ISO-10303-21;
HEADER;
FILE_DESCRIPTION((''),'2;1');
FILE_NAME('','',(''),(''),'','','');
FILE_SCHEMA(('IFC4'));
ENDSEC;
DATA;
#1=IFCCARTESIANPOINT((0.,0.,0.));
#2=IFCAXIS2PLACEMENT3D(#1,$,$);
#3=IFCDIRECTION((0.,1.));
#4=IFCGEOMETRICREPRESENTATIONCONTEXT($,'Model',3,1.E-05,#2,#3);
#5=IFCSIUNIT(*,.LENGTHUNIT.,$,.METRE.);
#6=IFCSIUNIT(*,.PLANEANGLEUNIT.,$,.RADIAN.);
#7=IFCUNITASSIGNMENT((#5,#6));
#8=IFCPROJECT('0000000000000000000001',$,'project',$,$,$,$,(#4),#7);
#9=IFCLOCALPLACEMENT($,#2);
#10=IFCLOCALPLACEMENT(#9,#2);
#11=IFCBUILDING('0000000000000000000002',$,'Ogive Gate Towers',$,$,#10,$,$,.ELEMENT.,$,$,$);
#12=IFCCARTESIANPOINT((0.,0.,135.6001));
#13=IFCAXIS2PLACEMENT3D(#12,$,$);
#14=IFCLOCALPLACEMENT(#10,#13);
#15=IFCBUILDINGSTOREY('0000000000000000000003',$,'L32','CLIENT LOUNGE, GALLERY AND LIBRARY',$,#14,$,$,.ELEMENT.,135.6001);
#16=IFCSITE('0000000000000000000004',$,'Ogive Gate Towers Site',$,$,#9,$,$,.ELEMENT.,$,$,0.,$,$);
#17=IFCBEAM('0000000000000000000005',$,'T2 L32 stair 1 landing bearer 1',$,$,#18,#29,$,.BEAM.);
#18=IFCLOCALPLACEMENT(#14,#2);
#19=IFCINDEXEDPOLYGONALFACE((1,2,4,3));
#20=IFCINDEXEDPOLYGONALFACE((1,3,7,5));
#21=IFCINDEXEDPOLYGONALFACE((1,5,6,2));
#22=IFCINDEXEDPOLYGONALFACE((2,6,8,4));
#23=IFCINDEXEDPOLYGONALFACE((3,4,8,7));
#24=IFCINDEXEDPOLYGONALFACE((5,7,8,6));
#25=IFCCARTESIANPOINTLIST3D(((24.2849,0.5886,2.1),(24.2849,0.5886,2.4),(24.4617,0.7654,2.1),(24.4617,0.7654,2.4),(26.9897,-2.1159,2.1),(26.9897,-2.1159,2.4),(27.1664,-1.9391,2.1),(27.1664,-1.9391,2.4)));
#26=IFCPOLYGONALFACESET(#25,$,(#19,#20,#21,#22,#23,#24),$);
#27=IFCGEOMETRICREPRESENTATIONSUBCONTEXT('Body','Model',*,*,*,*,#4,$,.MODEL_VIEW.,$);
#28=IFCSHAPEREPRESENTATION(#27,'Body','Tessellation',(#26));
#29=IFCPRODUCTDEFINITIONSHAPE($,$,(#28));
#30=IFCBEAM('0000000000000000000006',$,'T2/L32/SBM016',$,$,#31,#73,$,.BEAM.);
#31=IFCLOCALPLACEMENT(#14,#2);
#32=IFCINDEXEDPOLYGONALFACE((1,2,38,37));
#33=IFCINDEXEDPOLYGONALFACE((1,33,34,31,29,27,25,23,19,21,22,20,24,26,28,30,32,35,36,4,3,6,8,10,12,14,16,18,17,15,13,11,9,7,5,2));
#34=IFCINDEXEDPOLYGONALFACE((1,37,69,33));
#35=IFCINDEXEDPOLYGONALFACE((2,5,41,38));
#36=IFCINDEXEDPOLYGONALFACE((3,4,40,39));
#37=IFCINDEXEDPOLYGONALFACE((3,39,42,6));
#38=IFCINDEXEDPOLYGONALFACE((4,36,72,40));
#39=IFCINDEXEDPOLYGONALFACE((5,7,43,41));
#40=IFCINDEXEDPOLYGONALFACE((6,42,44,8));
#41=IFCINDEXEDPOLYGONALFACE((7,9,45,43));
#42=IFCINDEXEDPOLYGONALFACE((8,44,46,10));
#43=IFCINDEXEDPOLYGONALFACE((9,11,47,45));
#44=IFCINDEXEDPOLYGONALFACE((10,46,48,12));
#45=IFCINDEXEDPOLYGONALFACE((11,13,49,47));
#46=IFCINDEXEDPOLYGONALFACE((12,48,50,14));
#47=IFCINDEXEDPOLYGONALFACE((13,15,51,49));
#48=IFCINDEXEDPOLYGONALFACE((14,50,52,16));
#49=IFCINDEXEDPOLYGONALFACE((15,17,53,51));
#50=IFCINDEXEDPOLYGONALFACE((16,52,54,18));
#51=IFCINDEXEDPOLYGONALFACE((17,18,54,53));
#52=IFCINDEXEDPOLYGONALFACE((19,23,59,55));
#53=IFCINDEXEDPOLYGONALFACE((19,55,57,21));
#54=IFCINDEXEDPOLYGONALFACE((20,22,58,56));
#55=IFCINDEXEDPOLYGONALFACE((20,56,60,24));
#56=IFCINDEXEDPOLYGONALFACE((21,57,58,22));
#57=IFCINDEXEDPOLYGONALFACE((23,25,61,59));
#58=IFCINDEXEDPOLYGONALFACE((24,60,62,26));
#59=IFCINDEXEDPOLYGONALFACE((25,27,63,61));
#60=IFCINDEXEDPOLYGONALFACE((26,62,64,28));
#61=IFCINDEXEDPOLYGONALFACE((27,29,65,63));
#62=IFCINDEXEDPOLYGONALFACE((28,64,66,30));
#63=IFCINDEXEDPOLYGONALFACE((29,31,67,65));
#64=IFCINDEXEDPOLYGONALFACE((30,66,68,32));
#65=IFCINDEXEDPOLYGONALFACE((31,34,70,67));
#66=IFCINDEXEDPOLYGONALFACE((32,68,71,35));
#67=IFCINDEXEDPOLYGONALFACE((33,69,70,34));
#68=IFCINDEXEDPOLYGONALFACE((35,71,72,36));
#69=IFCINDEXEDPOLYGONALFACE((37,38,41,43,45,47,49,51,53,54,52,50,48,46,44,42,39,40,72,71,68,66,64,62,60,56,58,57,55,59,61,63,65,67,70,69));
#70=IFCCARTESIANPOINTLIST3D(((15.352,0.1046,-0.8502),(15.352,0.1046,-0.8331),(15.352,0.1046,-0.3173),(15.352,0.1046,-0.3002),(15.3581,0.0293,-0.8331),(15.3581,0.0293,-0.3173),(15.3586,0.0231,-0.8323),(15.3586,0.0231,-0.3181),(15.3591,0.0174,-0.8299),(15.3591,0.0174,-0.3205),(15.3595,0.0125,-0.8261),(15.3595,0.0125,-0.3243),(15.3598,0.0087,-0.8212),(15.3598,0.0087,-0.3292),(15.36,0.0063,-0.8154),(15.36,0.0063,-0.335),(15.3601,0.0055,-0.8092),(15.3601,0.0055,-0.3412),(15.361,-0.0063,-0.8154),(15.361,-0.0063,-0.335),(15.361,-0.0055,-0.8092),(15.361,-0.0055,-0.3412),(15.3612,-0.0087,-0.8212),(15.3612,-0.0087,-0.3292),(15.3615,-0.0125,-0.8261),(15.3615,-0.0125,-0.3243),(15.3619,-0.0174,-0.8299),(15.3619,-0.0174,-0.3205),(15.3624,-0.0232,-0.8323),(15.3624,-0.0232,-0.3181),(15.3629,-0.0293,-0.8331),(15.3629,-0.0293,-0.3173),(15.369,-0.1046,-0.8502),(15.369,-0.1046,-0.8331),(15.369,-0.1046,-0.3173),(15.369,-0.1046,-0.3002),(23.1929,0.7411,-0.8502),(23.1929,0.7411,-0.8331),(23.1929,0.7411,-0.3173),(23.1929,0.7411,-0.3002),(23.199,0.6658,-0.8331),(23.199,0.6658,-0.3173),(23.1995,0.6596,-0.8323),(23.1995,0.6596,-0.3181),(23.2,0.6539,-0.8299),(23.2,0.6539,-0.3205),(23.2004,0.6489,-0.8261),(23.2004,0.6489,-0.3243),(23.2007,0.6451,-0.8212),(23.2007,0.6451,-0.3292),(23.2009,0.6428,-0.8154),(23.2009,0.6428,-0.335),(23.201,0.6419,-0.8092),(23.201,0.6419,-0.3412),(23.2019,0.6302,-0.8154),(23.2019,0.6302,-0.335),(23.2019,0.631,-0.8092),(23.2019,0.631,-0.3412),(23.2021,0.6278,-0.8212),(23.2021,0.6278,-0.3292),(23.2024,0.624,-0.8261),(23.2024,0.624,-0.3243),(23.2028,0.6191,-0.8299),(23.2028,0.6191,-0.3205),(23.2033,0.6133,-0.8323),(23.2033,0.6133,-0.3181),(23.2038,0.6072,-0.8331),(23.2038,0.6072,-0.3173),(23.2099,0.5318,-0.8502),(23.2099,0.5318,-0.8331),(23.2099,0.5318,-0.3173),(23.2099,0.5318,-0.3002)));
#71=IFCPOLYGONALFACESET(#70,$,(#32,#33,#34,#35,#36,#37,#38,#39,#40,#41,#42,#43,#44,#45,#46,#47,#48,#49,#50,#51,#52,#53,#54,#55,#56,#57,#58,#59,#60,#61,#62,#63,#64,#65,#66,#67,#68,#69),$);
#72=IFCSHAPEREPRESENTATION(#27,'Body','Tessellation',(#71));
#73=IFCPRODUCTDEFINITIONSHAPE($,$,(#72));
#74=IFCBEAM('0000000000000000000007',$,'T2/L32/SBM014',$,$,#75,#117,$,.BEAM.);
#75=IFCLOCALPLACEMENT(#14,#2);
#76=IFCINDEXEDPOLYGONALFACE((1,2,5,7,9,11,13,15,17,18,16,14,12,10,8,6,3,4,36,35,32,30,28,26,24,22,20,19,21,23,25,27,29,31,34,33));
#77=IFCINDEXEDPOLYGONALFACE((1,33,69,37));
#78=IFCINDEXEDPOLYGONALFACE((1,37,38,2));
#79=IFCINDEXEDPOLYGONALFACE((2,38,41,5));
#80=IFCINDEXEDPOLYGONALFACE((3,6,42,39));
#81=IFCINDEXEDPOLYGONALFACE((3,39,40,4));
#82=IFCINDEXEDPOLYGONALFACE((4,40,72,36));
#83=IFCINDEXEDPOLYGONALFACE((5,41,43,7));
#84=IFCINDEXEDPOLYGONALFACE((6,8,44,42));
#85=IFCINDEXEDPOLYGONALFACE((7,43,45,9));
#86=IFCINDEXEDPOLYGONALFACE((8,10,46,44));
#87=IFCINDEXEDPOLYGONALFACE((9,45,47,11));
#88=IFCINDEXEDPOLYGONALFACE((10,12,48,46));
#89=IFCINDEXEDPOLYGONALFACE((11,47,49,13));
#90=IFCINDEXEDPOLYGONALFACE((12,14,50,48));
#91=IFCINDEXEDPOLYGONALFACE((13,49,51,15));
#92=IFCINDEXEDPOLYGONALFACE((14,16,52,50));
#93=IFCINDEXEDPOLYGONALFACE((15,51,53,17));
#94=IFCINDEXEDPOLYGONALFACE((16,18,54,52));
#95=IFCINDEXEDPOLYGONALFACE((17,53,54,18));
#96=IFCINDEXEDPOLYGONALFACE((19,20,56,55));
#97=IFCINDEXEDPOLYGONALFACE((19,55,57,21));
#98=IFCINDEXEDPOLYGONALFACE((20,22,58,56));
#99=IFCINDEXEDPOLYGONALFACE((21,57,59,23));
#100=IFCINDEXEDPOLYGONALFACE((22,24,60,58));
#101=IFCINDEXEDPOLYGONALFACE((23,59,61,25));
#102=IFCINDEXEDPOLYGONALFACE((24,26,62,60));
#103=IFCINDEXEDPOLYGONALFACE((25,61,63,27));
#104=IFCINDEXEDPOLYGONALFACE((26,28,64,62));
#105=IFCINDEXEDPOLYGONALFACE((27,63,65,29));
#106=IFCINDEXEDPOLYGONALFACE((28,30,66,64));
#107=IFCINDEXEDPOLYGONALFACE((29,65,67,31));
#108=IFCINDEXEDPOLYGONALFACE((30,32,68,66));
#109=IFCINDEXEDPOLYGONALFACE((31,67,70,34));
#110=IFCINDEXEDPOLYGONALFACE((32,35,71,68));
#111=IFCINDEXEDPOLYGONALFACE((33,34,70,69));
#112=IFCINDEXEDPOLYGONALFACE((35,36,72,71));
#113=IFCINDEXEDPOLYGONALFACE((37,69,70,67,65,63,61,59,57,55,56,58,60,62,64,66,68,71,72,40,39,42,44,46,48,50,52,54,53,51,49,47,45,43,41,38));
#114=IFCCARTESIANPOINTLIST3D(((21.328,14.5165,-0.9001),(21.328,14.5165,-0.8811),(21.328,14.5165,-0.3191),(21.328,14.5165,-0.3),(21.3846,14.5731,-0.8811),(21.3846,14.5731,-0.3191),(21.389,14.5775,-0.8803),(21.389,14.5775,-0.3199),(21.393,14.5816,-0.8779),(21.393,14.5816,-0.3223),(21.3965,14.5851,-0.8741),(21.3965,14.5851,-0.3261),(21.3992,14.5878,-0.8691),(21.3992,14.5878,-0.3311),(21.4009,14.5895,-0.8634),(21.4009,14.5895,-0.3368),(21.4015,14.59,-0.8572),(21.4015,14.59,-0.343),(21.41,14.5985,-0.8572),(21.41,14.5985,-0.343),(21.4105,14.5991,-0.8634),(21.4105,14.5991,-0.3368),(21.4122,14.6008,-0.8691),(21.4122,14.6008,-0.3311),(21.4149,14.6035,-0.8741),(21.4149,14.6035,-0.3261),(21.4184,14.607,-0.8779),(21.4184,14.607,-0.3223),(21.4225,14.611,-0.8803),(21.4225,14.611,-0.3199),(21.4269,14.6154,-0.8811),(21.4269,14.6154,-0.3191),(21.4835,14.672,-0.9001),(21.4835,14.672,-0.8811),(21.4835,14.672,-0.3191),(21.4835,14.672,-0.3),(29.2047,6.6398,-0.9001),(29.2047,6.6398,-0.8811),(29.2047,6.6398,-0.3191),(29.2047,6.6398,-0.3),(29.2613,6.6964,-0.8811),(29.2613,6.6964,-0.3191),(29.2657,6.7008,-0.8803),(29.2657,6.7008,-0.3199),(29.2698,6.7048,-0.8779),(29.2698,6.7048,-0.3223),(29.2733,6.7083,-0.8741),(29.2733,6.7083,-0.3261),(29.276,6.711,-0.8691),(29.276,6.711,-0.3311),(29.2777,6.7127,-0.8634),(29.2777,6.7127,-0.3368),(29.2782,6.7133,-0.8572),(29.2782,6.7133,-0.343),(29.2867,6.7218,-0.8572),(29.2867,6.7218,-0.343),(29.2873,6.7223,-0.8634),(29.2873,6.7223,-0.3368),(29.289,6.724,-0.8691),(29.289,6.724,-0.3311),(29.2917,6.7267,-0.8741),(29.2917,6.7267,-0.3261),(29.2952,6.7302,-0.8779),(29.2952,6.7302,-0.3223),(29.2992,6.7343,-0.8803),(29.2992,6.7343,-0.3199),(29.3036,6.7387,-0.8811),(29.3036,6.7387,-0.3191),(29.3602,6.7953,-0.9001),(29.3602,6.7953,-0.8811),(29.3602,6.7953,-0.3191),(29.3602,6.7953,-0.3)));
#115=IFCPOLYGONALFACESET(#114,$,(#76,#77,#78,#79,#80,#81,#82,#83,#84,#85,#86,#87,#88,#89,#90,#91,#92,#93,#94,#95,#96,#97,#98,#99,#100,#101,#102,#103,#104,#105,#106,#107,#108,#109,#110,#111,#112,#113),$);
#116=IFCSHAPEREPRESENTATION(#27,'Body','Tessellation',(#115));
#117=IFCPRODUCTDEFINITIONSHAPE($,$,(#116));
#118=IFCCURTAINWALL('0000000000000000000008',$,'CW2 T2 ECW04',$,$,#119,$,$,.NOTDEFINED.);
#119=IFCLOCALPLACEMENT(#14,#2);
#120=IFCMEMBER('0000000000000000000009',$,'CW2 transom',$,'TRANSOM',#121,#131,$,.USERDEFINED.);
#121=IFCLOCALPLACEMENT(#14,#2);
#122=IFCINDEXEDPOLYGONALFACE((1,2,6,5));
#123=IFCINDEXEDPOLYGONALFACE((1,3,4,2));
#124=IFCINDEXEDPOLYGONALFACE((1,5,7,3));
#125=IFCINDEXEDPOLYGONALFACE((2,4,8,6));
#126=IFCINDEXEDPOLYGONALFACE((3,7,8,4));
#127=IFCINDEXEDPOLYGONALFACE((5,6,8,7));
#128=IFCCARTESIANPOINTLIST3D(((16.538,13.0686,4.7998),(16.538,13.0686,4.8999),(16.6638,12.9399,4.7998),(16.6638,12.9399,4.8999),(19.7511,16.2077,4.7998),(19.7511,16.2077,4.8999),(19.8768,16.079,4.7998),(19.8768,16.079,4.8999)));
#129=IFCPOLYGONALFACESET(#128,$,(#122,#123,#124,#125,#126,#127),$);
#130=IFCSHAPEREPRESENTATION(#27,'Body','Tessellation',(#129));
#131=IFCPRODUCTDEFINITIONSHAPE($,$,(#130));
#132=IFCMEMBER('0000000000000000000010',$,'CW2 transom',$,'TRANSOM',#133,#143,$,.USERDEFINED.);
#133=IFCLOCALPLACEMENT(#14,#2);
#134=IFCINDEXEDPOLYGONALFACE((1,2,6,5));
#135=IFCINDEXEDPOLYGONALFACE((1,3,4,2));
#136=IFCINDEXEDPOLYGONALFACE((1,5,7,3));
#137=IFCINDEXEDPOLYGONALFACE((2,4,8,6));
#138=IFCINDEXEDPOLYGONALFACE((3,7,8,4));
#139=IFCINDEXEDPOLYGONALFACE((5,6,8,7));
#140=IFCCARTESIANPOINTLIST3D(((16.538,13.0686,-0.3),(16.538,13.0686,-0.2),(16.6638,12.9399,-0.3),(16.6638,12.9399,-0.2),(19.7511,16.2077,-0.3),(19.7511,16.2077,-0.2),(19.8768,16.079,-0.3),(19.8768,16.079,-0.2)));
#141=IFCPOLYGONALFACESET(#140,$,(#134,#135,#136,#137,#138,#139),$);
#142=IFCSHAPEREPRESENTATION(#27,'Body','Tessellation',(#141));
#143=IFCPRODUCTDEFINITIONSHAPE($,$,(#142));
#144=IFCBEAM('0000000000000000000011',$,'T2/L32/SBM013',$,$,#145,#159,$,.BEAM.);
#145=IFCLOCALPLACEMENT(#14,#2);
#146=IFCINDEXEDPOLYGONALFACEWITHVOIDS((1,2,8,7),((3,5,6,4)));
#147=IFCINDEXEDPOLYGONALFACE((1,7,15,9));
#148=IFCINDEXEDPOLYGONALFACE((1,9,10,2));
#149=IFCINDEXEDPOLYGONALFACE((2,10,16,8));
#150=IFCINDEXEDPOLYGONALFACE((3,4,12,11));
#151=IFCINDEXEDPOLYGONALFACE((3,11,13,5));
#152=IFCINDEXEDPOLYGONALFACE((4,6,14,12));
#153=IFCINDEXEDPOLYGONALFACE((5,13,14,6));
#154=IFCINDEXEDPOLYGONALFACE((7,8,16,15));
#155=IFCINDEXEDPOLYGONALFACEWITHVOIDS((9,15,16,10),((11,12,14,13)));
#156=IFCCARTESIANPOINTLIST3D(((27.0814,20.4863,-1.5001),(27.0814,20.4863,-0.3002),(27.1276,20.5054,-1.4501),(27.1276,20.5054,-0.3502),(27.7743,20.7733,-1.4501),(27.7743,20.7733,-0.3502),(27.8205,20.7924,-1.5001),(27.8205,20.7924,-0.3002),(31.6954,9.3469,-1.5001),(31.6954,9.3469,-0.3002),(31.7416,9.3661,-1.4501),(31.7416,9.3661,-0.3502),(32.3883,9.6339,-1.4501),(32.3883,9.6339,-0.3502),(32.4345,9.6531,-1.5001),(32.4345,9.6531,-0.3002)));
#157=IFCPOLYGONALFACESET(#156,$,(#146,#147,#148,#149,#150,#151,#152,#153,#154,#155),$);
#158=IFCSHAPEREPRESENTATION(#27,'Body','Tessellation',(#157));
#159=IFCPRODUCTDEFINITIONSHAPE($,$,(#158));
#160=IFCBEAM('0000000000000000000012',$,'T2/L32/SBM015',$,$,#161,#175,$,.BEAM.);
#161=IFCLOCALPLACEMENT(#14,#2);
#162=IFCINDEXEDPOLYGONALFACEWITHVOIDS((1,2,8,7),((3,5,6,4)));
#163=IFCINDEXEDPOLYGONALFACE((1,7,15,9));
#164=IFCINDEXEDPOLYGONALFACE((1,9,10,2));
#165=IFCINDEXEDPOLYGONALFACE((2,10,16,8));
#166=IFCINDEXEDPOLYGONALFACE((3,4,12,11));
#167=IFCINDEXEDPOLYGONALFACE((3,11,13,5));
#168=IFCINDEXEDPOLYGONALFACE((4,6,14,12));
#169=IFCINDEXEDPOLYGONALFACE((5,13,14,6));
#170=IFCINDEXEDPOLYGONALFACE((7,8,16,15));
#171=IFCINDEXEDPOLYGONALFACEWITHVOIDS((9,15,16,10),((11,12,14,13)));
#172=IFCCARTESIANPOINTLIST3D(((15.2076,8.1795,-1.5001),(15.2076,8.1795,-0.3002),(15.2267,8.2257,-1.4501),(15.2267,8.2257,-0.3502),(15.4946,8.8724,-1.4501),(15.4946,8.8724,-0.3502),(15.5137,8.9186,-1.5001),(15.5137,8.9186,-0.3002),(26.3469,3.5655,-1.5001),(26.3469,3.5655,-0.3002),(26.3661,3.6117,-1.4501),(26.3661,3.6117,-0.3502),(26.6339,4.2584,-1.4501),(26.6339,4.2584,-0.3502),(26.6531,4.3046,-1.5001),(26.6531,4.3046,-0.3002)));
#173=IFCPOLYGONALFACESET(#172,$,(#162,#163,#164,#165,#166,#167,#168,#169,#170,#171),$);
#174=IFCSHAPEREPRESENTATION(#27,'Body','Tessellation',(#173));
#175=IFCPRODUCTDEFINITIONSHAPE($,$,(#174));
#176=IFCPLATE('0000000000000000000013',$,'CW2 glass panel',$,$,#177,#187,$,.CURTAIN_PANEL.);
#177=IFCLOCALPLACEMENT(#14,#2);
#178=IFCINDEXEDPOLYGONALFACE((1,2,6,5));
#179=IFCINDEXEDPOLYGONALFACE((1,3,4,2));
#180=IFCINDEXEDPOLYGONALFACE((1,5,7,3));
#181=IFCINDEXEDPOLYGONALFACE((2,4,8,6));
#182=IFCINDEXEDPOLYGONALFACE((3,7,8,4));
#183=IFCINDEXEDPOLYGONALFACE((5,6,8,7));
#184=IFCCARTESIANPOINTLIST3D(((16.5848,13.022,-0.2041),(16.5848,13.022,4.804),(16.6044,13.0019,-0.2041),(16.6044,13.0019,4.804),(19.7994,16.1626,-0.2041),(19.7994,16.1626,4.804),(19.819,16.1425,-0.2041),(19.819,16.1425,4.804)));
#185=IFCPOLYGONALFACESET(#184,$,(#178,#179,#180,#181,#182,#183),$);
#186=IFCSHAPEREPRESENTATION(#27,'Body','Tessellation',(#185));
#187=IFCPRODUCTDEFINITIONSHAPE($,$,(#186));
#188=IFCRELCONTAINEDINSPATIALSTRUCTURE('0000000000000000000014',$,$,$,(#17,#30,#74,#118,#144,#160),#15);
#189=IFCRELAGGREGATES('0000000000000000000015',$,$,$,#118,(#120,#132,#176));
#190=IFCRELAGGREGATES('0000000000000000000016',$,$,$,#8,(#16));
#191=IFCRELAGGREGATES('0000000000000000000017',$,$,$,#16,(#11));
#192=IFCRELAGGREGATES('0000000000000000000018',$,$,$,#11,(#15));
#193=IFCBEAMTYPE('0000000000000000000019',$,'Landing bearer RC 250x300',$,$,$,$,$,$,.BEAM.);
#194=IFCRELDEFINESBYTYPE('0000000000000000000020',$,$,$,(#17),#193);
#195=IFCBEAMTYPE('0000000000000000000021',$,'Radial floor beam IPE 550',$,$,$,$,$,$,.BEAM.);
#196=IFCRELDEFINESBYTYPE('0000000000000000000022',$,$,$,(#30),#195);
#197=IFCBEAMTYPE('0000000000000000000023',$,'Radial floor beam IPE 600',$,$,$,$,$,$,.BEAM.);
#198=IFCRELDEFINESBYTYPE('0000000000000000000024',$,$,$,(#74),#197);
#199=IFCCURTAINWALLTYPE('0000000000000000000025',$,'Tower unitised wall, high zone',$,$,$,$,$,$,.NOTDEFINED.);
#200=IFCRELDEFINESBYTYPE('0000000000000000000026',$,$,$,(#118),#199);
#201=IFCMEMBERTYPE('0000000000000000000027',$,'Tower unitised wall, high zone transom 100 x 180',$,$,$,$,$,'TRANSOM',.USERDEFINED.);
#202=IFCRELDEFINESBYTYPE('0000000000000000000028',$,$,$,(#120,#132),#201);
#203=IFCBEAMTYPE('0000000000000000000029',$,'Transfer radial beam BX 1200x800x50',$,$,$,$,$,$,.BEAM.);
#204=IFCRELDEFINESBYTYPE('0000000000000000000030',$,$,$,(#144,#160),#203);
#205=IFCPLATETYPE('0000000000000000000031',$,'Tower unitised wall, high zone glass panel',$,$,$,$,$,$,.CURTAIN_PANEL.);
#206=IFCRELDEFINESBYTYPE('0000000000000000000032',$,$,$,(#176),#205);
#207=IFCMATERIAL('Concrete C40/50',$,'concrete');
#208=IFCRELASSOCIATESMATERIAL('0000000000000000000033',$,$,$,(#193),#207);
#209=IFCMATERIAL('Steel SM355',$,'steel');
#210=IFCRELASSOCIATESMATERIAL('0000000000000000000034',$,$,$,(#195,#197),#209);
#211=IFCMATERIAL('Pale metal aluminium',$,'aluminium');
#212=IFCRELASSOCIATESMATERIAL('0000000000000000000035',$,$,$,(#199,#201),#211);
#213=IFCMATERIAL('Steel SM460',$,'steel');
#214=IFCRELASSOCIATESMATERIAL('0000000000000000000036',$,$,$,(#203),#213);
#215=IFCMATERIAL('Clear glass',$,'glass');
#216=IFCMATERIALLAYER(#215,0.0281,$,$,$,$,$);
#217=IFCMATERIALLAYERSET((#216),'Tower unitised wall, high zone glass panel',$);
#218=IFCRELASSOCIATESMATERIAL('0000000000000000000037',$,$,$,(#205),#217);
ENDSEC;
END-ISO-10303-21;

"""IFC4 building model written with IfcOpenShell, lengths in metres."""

from ifc_helpers import new_model, si_unit, direction, frame, origin, origin_2d, place, context, subcontext, project, spatial, rectangle, hollow_rectangle, i_section, extrude, material, layer, layer_set, material_profile, profile_set, type_object, element, aggregate, save


model = new_model("IFC4")

# Units and contexts
model_context = context("Model", 3, precision=1e-05, world=origin(), true_north=direction((0.0, 1.0)))
body_context = subcontext(model_context, "Body", "Model", "MODEL_VIEW")
ifc_project = project(units=[si_unit("LENGTHUNIT", "METRE"), si_unit("PLANEANGLEUNIT", "RADIAN")], contexts=[model_context])

# Site, building, storey
site_placement = place(None, origin())
site = spatial("IfcSite", under=ifc_project, at=site_placement, Name="Ogive Gate Towers Site", CompositionType="ELEMENT", RefElevation=0.0)
building_placement = place(site_placement, origin())
building = spatial("IfcBuilding", under=site, at=building_placement, Name="Ogive Gate Towers", CompositionType="ELEMENT")
storey_placement = place(building_placement, frame((0.0, 0.0, 135.6001)))
storey = spatial("IfcBuildingStorey", under=building, at=storey_placement, Name="L32", Description="CLIENT LOUNGE, GALLERY AND LIBRARY", CompositionType="ELEMENT", Elevation=135.6001)

# Beams
ifc_material_1 = material(Name="Concrete C40/50", Category="concrete")
ifc_material_profile_1 = material_profile(ifc_material_1, rectangle(XDim=0.25, YDim=0.3, at=origin_2d()), Name="RC 250x300")
ifc_profile_set_1 = profile_set([ifc_material_profile_1], Name="Concrete C40/50")
beam_type_1 = type_object("IfcBeamType", Name="Landing bearer RC 250x300", PredefinedType="BEAM", material=ifc_profile_set_1)
beam_1_placement = place(storey_placement, frame((24.3733, 0.677, 2.25), z_axis=(0.707139, -0.707075, 0.0), x_axis=(0.707075, 0.707139, 0.0)))
element("IfcBeam", 1, at=beam_1_placement, inside=storey, type_object=beam_type_1, Name="T2 L32 stair 1 landing bearer 1", PredefinedType="BEAM", context=body_context, shape_type="SweptSolid", body=[
    extrude(rectangle(XDim=0.25, YDim=0.3, at=origin_2d()), origin(), (0.0, 0.0, 1.0), 3.825),
])
ifc_material_2 = material(Name="Steel SM355", Category="steel")
ifc_material_profile_2 = material_profile(ifc_material_2, i_section(OverallWidth=0.21, OverallDepth=0.55, WebThickness=0.011, FlangeThickness=0.0171, FilletRadius=0.0239, at=origin_2d()), Name="IPE 550")
ifc_profile_set_2 = profile_set([ifc_material_profile_2], Name="Steel SM355")
beam_type_2 = type_object("IfcBeamType", Name="Radial floor beam IPE 550", PredefinedType="BEAM", material=ifc_profile_set_2)
beam_2_placement = place(storey_placement, frame((23.2014, 0.6365, -0.5752), z_axis=(-0.996722, -0.080908, 0.0), x_axis=(0.080908, -0.996722, 0.0)))
element("IfcBeam", 2, at=beam_2_placement, inside=storey, type_object=beam_type_2, Name="T2/L32/SBM016", PredefinedType="BEAM", context=body_context, shape_type="SweptSolid", body=[
    extrude(i_section(OverallWidth=0.21, OverallDepth=0.55, WebThickness=0.011, FlangeThickness=0.0171, FilletRadius=0.0239, at=origin_2d()), origin(), (0.0, 0.0, 1.0), 7.8667),
])
ifc_material_profile_3 = material_profile(ifc_material_2, i_section(OverallWidth=0.22, OverallDepth=0.6001, WebThickness=0.012, FlangeThickness=0.019, FilletRadius=0.0239, at=origin_2d()), Name="IPE 600")
ifc_profile_set_3 = profile_set([ifc_material_profile_3], Name="Steel SM355")
beam_type_3 = type_object("IfcBeamType", Name="Radial floor beam IPE 600", PredefinedType="BEAM", material=ifc_profile_set_3)
beam_3_placement = place(storey_placement, frame((29.2825, 6.7175, -0.6001), z_axis=(-0.707107, 0.707107, 0.0), x_axis=(-0.707107, -0.707107, 0.0)))
element("IfcBeam", 3, at=beam_3_placement, inside=storey, type_object=beam_type_3, Name="T2/L32/SBM014", PredefinedType="BEAM", context=body_context, shape_type="SweptSolid", body=[
    extrude(i_section(OverallWidth=0.22, OverallDepth=0.6001, WebThickness=0.012, FlangeThickness=0.019, FilletRadius=0.0239, at=origin_2d()), origin(), (0.0, 0.0, 1.0), 11.1394),
])

# Curtain wall, members
ifc_material_3 = material(Name="Pale metal aluminium", Category="aluminium")
curtain_wall_type = type_object("IfcCurtainWallType", Name="Tower unitised wall, high zone", PredefinedType="NOTDEFINED", material=ifc_material_3)
curtain_wall_placement = place(storey_placement, origin())
curtain_wall = element("IfcCurtainWall", 4, at=curtain_wall_placement, inside=storey, type_object=curtain_wall_type, Name="CW2 T2 ECW04", PredefinedType="NOTDEFINED")
ifc_material_profile_4 = material_profile(ifc_material_3, rectangle(XDim=0.1799, YDim=0.1001, at=origin_2d()), Name="100 x 180 aluminium box")
ifc_profile_set_4 = profile_set([ifc_material_profile_4], Name="Pale metal aluminium")
member_type = type_object("IfcMemberType", Name="Tower unitised wall, high zone transom 100 x 180", ElementType="TRANSOM", PredefinedType="USERDEFINED", material=ifc_profile_set_4)
member_1_placement = place(storey_placement, frame((19.814, 16.1433, 4.8499), z_axis=(-0.715293, -0.698825, 0.0), x_axis=(0.698825, -0.715293, 0.0)))
member_1 = element("IfcMember", 5, at=member_1_placement, type_object=member_type, Name="CW2 transom", ObjectType="TRANSOM", PredefinedType="USERDEFINED", context=body_context, shape_type="SweptSolid", body=[
    extrude(rectangle(XDim=0.1799, YDim=0.1001, at=origin_2d()), origin(), (0.0, 0.0, 1.0), 4.4919),
])
member_2_placement = place(storey_placement, frame((19.814, 16.1433, -0.25), z_axis=(-0.715293, -0.698825, 0.0), x_axis=(0.698825, -0.715293, 0.0)))
member_2 = element("IfcMember", 6, at=member_2_placement, type_object=member_type, Name="CW2 transom", ObjectType="TRANSOM", PredefinedType="USERDEFINED", context=body_context, shape_type="SweptSolid", body=[
    extrude(rectangle(XDim=0.1799, YDim=0.1001, at=origin_2d()), origin(), (0.0, 0.0, 1.0), 4.4919),
])

# Beams
ifc_material_4 = material(Name="Steel SM460", Category="steel")
ifc_material_profile_5 = material_profile(ifc_material_4, hollow_rectangle(XDim=0.8, YDim=1.2, WallThickness=0.05, at=origin_2d()), Name="BX 1200x800x50")
ifc_profile_set_5 = profile_set([ifc_material_profile_5], Name="Steel SM460")
beam_type_4 = type_object("IfcBeamType", Name="Transfer radial beam BX 1200x800x50", PredefinedType="BEAM", material=ifc_profile_set_5)
for number, where, z_axis, x_axis, name in (
    (7, (32.0649, 9.5, -0.9001), (-0.382678, 0.923882, 0.0), (-0.923882, -0.382678, 0.0), "T2/L32/SBM013"),
    (8, (26.5, 3.9351, -0.9001), (-0.923882, 0.382678, 0.0), (-0.382678, -0.923882, 0.0), "T2/L32/SBM015"),
):
    element("IfcBeam", number, at=place(storey_placement, frame(where, z_axis=z_axis, x_axis=x_axis)), inside=storey, type_object=beam_type_4, Name=name, PredefinedType="BEAM", context=body_context, shape_type="SweptSolid", body=[
        extrude(hollow_rectangle(XDim=0.8, YDim=1.2, WallThickness=0.05, at=origin_2d()), origin(), (0.0, 0.0, 1.0), 12.0571),
    ])

# Plate
ifc_material_5 = material(Name="Clear glass", Category="glass")
ifc_layer_1 = layer(ifc_material_5, 0.0281)
ifc_layer_set_1 = layer_set([ifc_layer_1], Name="Tower unitised wall, high zone glass panel")
plate_type = type_object("IfcPlateType", Name="Tower unitised wall, high zone glass panel", PredefinedType="CURTAIN_PANEL", material=ifc_layer_set_1)
plate_placement = place(storey_placement, frame((18.2019, 14.5823, -0.2041), z_axis=(0.0, 0.0, 1.0), x_axis=(-0.715303, -0.698815, 0.0)))
plate = element("IfcPlate", 9, at=plate_placement, type_object=plate_type, Name="CW2 glass panel", PredefinedType="CURTAIN_PANEL", context=body_context, shape_type="SweptSolid", body=[
    extrude(rectangle(XDim=4.4941, YDim=0.0281, at=origin_2d()), origin(), (0.0, 0.0, 1.0), 5.0081),
])
aggregate(curtain_wall, [member_1, member_2, plate])

save(model, "model.ifc")
